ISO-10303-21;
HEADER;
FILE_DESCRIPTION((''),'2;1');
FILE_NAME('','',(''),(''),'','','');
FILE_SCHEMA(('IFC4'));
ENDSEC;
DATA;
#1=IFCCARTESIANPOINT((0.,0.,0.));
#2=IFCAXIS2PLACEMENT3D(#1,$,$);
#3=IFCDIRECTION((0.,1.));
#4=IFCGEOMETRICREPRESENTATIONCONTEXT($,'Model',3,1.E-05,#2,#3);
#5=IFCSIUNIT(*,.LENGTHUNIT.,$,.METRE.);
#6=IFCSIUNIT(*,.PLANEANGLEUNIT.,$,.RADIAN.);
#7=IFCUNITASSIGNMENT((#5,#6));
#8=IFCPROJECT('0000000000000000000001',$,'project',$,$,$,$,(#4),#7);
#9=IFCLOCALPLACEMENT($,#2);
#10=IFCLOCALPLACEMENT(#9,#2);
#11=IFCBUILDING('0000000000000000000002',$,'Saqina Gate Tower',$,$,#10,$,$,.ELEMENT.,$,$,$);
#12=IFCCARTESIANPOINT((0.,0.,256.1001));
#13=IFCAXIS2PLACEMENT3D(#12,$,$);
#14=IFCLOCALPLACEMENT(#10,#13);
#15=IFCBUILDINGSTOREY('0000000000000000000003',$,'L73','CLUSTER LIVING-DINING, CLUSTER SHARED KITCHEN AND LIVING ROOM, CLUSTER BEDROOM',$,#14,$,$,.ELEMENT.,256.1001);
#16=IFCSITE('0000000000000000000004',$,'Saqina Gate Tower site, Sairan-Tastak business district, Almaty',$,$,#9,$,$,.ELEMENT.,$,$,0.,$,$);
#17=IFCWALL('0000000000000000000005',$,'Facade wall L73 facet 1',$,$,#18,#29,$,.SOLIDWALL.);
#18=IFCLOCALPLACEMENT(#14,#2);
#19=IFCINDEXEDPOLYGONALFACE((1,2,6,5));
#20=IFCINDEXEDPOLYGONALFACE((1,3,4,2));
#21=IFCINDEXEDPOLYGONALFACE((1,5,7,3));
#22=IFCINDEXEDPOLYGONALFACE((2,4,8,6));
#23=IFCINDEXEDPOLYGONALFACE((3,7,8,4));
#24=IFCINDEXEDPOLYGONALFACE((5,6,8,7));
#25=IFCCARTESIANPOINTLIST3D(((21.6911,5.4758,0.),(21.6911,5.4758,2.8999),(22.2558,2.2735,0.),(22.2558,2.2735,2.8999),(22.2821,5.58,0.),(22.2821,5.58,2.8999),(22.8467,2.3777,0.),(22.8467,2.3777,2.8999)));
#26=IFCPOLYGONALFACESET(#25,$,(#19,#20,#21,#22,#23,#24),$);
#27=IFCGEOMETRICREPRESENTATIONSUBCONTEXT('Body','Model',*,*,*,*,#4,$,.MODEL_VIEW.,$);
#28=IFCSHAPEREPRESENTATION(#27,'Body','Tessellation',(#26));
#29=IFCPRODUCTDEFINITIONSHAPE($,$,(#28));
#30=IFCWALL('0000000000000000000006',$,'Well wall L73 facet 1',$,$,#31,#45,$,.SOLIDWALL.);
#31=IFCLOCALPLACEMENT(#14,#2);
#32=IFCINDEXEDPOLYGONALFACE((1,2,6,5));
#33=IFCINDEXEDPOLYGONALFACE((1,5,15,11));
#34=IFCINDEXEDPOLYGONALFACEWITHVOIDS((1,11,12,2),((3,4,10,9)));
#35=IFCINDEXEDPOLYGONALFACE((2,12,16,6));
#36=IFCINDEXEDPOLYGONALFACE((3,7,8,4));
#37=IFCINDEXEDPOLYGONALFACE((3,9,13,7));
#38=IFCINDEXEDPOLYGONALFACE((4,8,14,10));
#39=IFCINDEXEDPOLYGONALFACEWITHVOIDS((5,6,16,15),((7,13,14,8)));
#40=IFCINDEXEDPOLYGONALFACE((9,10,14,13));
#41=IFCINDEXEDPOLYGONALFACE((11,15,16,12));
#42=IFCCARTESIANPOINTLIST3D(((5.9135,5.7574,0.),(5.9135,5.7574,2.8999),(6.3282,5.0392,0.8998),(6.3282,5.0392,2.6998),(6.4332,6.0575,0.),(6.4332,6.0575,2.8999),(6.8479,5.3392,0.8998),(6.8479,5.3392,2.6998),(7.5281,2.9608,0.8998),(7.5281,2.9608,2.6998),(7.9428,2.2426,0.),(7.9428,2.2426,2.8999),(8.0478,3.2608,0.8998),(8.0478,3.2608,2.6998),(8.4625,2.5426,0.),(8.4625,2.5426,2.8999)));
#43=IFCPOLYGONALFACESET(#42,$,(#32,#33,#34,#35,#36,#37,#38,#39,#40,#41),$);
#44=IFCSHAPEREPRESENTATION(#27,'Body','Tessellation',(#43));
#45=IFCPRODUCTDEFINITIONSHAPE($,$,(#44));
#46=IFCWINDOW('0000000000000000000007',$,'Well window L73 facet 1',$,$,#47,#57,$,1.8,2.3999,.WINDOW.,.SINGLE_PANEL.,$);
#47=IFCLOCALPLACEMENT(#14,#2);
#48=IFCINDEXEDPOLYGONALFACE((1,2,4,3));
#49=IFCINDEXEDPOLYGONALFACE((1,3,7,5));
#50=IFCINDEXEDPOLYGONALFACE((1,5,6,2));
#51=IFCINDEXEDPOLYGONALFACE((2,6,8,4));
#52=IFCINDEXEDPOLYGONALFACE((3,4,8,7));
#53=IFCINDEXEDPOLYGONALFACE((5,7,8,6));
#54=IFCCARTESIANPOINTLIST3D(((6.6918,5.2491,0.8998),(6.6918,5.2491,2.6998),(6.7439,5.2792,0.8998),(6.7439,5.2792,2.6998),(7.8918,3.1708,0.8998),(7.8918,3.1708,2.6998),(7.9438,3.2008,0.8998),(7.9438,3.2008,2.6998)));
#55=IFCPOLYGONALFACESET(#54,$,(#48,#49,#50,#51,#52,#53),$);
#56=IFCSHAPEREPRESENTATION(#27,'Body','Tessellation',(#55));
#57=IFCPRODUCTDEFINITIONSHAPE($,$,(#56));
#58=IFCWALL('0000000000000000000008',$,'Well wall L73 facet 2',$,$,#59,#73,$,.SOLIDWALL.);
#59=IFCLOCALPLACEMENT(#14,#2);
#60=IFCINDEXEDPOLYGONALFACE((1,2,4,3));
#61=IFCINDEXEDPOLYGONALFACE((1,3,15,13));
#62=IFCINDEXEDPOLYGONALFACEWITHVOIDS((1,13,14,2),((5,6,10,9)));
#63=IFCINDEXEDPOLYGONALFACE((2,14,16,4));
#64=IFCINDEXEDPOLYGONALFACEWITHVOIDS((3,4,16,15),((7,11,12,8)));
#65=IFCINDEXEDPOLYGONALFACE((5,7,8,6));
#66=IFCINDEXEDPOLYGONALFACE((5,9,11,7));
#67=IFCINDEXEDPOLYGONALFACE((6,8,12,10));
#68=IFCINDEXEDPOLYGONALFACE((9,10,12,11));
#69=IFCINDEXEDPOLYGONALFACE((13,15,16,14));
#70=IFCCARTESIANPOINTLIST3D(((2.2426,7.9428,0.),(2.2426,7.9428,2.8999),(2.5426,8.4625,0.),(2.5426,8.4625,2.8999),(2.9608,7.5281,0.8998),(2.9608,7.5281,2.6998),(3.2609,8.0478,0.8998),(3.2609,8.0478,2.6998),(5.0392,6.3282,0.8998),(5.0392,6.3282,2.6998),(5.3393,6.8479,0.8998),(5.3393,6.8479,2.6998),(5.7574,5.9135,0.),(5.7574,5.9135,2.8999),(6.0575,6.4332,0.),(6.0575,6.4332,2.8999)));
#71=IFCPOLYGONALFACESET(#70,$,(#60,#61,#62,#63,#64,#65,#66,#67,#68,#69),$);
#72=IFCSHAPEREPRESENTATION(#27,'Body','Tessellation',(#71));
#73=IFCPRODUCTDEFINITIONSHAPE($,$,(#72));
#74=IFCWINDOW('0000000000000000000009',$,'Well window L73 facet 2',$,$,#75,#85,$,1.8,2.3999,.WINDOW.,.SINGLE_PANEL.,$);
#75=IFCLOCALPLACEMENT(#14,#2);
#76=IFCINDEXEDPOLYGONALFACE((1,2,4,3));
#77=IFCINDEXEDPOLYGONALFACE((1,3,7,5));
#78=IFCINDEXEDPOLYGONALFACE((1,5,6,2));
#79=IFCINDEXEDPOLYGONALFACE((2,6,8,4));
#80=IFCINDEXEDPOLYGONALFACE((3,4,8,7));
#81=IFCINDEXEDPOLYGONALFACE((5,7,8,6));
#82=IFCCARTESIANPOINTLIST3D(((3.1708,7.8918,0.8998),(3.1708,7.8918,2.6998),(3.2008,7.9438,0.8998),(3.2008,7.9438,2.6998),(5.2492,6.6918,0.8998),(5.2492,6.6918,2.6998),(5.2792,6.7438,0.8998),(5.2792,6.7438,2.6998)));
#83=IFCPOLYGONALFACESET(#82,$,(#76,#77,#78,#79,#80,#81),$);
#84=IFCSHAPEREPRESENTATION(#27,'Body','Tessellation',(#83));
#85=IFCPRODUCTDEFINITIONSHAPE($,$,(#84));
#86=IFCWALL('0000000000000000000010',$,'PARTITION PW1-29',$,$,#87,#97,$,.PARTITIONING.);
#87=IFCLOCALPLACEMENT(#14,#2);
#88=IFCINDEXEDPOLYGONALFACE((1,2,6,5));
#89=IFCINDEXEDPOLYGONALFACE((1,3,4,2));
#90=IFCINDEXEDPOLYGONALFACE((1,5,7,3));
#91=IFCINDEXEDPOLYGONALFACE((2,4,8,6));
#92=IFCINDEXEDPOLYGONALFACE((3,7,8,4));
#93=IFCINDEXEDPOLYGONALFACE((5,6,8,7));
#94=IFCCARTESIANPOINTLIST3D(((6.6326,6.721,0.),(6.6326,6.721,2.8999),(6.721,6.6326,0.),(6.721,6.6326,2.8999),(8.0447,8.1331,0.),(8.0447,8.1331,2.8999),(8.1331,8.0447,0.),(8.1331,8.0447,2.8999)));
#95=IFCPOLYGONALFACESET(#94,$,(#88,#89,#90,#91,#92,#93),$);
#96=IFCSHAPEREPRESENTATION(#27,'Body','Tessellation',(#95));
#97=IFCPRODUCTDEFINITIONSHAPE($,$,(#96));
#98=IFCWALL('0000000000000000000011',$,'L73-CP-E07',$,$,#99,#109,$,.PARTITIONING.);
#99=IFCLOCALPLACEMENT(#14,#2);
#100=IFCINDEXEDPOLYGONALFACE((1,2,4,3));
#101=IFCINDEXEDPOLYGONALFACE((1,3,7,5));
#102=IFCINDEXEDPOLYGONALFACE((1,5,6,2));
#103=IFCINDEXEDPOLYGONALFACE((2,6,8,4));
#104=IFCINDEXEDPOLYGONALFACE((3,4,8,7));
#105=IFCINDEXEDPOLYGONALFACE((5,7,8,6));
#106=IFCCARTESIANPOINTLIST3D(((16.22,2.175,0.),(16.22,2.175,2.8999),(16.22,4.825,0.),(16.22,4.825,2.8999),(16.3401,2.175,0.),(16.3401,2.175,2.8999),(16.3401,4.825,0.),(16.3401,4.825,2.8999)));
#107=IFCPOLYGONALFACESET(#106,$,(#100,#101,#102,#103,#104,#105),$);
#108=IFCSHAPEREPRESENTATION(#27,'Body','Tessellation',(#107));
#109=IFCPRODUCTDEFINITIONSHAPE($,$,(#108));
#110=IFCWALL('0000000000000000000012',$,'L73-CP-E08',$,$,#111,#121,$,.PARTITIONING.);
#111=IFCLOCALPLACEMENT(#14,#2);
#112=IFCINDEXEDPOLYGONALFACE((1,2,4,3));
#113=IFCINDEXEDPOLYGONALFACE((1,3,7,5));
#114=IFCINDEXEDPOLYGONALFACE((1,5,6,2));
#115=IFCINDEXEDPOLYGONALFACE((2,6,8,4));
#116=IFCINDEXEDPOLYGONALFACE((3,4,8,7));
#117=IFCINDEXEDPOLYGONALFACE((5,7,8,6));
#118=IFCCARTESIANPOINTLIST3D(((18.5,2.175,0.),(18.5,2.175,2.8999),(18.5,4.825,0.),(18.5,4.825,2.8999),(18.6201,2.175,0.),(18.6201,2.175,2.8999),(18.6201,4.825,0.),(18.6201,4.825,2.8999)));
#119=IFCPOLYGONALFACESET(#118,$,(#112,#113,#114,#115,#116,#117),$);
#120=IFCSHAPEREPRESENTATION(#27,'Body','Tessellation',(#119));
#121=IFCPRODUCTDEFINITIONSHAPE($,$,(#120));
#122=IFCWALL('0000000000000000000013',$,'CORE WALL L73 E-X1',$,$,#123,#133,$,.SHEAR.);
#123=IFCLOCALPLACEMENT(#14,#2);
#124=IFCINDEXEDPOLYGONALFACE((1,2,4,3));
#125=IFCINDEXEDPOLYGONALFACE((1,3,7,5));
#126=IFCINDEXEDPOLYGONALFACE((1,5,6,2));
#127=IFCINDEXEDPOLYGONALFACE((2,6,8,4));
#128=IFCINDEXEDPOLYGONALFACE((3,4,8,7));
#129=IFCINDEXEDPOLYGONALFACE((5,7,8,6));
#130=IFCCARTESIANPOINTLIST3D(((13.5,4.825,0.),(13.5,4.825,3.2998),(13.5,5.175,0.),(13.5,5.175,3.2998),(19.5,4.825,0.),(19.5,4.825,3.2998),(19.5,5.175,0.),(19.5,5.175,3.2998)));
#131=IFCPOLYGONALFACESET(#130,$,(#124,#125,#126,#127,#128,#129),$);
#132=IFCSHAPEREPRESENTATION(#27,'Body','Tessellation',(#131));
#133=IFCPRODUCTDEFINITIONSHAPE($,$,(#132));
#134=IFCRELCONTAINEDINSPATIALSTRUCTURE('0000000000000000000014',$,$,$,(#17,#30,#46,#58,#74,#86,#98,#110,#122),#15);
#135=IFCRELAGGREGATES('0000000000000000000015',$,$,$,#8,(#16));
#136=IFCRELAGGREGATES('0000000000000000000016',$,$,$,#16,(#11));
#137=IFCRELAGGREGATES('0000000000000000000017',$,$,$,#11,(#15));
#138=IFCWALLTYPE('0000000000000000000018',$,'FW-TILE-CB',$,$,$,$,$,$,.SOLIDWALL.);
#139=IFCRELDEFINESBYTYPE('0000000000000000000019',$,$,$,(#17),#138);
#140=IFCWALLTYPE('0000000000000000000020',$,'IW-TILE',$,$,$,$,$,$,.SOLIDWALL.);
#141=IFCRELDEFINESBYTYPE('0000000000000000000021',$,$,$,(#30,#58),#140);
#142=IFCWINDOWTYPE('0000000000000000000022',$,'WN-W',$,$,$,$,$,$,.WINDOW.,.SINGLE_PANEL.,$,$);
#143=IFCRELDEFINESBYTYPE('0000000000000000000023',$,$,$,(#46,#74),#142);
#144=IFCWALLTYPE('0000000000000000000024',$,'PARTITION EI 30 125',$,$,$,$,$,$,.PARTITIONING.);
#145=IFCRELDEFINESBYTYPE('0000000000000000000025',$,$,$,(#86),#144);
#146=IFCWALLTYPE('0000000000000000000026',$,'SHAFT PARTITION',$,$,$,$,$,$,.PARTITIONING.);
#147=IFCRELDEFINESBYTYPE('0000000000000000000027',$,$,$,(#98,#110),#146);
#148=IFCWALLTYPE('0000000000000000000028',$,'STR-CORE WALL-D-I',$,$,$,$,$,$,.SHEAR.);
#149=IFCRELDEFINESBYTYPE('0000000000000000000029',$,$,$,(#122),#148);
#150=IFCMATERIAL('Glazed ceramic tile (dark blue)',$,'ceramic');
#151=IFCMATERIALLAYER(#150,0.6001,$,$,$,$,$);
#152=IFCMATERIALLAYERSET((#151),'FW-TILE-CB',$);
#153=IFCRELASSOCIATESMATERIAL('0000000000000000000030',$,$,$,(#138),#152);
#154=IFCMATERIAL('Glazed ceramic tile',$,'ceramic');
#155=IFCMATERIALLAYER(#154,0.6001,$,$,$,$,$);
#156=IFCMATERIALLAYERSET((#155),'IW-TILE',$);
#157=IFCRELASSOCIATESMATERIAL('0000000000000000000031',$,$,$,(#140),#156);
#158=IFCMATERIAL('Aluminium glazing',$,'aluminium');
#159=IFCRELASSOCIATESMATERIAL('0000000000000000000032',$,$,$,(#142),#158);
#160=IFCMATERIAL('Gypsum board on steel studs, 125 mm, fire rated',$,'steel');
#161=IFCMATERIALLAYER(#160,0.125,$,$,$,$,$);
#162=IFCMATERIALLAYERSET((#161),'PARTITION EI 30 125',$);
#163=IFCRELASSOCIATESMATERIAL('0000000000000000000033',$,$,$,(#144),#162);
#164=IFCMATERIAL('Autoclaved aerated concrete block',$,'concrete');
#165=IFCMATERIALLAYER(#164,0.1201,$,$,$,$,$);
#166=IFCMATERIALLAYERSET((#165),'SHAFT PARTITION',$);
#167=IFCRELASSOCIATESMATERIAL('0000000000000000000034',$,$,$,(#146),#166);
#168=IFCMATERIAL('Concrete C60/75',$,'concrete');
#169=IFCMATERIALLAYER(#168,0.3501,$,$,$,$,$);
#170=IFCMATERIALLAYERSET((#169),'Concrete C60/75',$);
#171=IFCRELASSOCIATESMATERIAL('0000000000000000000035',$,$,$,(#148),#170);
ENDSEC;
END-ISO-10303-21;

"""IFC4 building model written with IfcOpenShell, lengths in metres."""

from ifc_helpers import new_model, si_unit, direction, frame, frame_2d, origin, place, context, subcontext, project, spatial, rectangle, extrude, material, layer, layer_set, type_object, element, fill, save


model = new_model("IFC4")

# Units and contexts
model_context = context("Model", 3, precision=1e-05, world=origin(), true_north=direction((0.0, 1.0)))
body_context = subcontext(model_context, "Body", "Model", "MODEL_VIEW")
ifc_project = project(units=[si_unit("LENGTHUNIT", "METRE"), si_unit("PLANEANGLEUNIT", "RADIAN")], contexts=[model_context])

# Site, building, storey
site_placement = place(None, origin())
site = spatial("IfcSite", under=ifc_project, at=site_placement, Name="Saqina Gate Tower site, Sairan-Tastak business district, Almaty", CompositionType="ELEMENT", RefElevation=0.0)
building_placement = place(site_placement, origin())
building = spatial("IfcBuilding", under=site, at=building_placement, Name="Saqina Gate Tower", CompositionType="ELEMENT")
storey_placement = place(building_placement, frame((0.0, 0.0, 256.1001)))
storey = spatial("IfcBuildingStorey", under=building, at=storey_placement, Name="L73", Description="CLUSTER LIVING-DINING, CLUSTER SHARED KITCHEN AND LIVING ROOM, CLUSTER BEDROOM", CompositionType="ELEMENT", Elevation=256.1001)

# Wall
ifc_material_1 = material(Name="Glazed ceramic tile (dark blue)", Category="ceramic")
ifc_layer_1 = layer(ifc_material_1, 0.6001)
ifc_layer_set_1 = layer_set([ifc_layer_1], Name="FW-TILE-CB")
wall_type_1 = type_object("IfcWallType", Name="FW-TILE-CB", PredefinedType="SOLIDWALL", material=ifc_layer_set_1)
wall_1_placement = place(storey_placement, frame((22.5513, 2.3254, 0.0), z_axis=(0.0, 0.0, 1.0), x_axis=(-0.173657, 0.984806, 0.0)))
element("IfcWall", 1, at=wall_1_placement, inside=storey, type_object=wall_type_1, Name="Facade wall L73 facet 1", PredefinedType="SOLIDWALL", context=body_context, shape_type="SweptSolid", body=[
    extrude(rectangle(XDim=3.2517, YDim=0.6001, at=frame_2d((1.626, 0.0))), origin(), (0.0, 0.0, 1.0), 2.8999),
])

# Walls, openings, windows
ifc_material_2 = material(Name="Glazed ceramic tile", Category="ceramic")
ifc_layer_2 = layer(ifc_material_2, 0.6001)
ifc_layer_set_2 = layer_set([ifc_layer_2], Name="IW-TILE")
wall_type_2 = type_object("IfcWallType", Name="IW-TILE", PredefinedType="SOLIDWALL", material=ifc_layer_set_2)
wall_2_placement = place(storey_placement, frame((8.2026, 2.3926, 0.0), z_axis=(0.0, 0.0, 1.0), x_axis=(-0.499995, 0.866028, 0.0)))
wall_2 = element("IfcWall", 2, at=wall_2_placement, inside=storey, type_object=wall_type_2, Name="Well wall L73 facet 1", PredefinedType="SOLIDWALL", context=body_context, shape_type="SweptSolid", body=[
    extrude(rectangle(XDim=4.0586, YDim=0.6001, at=frame_2d((2.0293, 0.0))), origin(), (0.0, 0.0, 1.0), 2.8999),
])
opening_1_placement = place(wall_2_placement, frame((0.8293, 0.0, 0.8999)))
opening_1 = element("IfcOpeningElement", 3, at=opening_1_placement, cuts=wall_2, PredefinedType="OPENING", context=body_context, shape_type="SweptSolid", body=[
    extrude(rectangle(XDim=2.3999, YDim=1.8, at=frame_2d((1.2, 0.8999))), frame((0.0, 0.312, 0.0), z_axis=(0.0, -1.0, 0.0), x_axis=(1.0, 0.0, 0.0)), (0.0, 0.0, 1.0), 0.624),
])
ifc_material_3 = material(Name="Aluminium glazing", Category="aluminium")
window_type = type_object("IfcWindowType", Name="WN-W", PartitioningType="SINGLE_PANEL", PredefinedType="WINDOW", material=ifc_material_3)
window_1_placement = place(opening_1_placement, origin())
window_1 = element("IfcWindow", 4, at=window_1_placement, inside=storey, type_object=window_type, Name="Well window L73 facet 1", OverallHeight=1.8, OverallWidth=2.3999, PartitioningType="SINGLE_PANEL", PredefinedType="WINDOW", context=body_context, shape_type="SweptSolid", body=[
    extrude(rectangle(XDim=2.3999, YDim=1.8, at=frame_2d((1.2, 0.8999))), frame((0.0, -0.1199, 0.0), z_axis=(0.0, -1.0, 0.0), x_axis=(1.0, 0.0, 0.0)), (0.0, 0.0, 1.0), 0.0601),
])
fill(opening_1, window_1)
wall_3_placement = place(storey_placement, frame((5.9075, 6.1733, 0.0), z_axis=(0.0, 0.0, 1.0), x_axis=(-0.866028, 0.499995, 0.0)))
wall_3 = element("IfcWall", 5, at=wall_3_placement, inside=storey, type_object=wall_type_2, Name="Well wall L73 facet 2", PredefinedType="SOLIDWALL", context=body_context, shape_type="SweptSolid", body=[
    extrude(rectangle(XDim=4.0586, YDim=0.6001, at=frame_2d((2.0293, 0.0))), origin(), (0.0, 0.0, 1.0), 2.8999),
])
opening_2_placement = place(wall_3_placement, frame((0.8293, 0.0, 0.8999)))
opening_2 = element("IfcOpeningElement", 6, at=opening_2_placement, cuts=wall_3, PredefinedType="OPENING", context=body_context, shape_type="SweptSolid", body=[
    extrude(rectangle(XDim=2.3999, YDim=1.8, at=frame_2d((1.2, 0.8999))), frame((0.0, 0.312, 0.0), z_axis=(0.0, -1.0, 0.0), x_axis=(1.0, 0.0, 0.0)), (0.0, 0.0, 1.0), 0.624),
])
window_2_placement = place(opening_2_placement, origin())
window_2 = element("IfcWindow", 7, at=window_2_placement, inside=storey, type_object=window_type, Name="Well window L73 facet 2", OverallHeight=1.8, OverallWidth=2.3999, PartitioningType="SINGLE_PANEL", PredefinedType="WINDOW", context=body_context, shape_type="SweptSolid", body=[
    extrude(rectangle(XDim=2.3999, YDim=1.8, at=frame_2d((1.2, 0.8999))), frame((0.0, -0.1199, 0.0), z_axis=(0.0, -1.0, 0.0), x_axis=(1.0, 0.0, 0.0)), (0.0, 0.0, 1.0), 0.0601),
])
fill(opening_2, window_2)

# Walls
ifc_material_4 = material(Name="Gypsum board on steel studs, 125 mm, fire rated", Category="steel")
ifc_layer_3 = layer(ifc_material_4, 0.125)
ifc_layer_set_3 = layer_set([ifc_layer_3], Name="PARTITION EI 30 125")
wall_type_3 = type_object("IfcWallType", Name="PARTITION EI 30 125", PredefinedType="PARTITIONING", material=ifc_layer_set_3)
wall_4_placement = place(storey_placement, frame((6.6768, 6.6768, 0.0), z_axis=(0.0, 0.0, 1.0), x_axis=(0.707107, 0.707107, 0.0)))
element("IfcWall", 8, at=wall_4_placement, inside=storey, type_object=wall_type_3, Name="PARTITION PW1-29", PredefinedType="PARTITIONING", context=body_context, shape_type="SweptSolid", body=[
    extrude(rectangle(XDim=1.9971, YDim=0.125, at=frame_2d((0.9985, 0.0))), origin(), (0.0, 0.0, 1.0), 2.8999),
])
ifc_material_5 = material(Name="Autoclaved aerated concrete block", Category="concrete")
ifc_layer_4 = layer(ifc_material_5, 0.1201)
ifc_layer_set_4 = layer_set([ifc_layer_4], Name="SHAFT PARTITION")
wall_type_4 = type_object("IfcWallType", Name="SHAFT PARTITION", PredefinedType="PARTITIONING", material=ifc_layer_set_4)
for number, where, z_axis, x_axis, name in (
    (9, (16.28, 2.175, 0.0), (0.0, 0.0, 1.0), (0.0, 1.0, 0.0), "L73-CP-E07"),
    (10, (18.5601, 2.175, 0.0), (0.0, 0.0, 1.0), (0.0, 1.0, 0.0), "L73-CP-E08"),
):
    element("IfcWall", number, at=place(storey_placement, frame(where, z_axis=z_axis, x_axis=x_axis)), inside=storey, type_object=wall_type_4, Name=name, PredefinedType="PARTITIONING", context=body_context, shape_type="SweptSolid", body=[
        extrude(rectangle(XDim=2.6499, YDim=0.1201, at=frame_2d((1.325, 0.0))), origin(), (0.0, 0.0, 1.0), 2.8999),
    ])
ifc_material_6 = material(Name="Concrete C60/75", Category="concrete")
ifc_layer_5 = layer(ifc_material_6, 0.3501)
ifc_layer_set_5 = layer_set([ifc_layer_5], Name="Concrete C60/75")
wall_type_5 = type_object("IfcWallType", Name="STR-CORE WALL-D-I", PredefinedType="SHEAR", material=ifc_layer_set_5)
wall_5_placement = place(storey_placement, frame((13.5, 5.0, 0.0), z_axis=(0.0, 0.0, 1.0), x_axis=(1.0, 0.0, 0.0)))
element("IfcWall", 11, at=wall_5_placement, inside=storey, type_object=wall_type_5, Name="CORE WALL L73 E-X1", PredefinedType="SHEAR", context=body_context, shape_type="SweptSolid", body=[
    extrude(rectangle(XDim=6.0, YDim=0.3501, at=frame_2d((3.0, 0.0))), origin(), (0.0, 0.0, 1.0), 3.2998),
])

save(model, "model.ifc")
